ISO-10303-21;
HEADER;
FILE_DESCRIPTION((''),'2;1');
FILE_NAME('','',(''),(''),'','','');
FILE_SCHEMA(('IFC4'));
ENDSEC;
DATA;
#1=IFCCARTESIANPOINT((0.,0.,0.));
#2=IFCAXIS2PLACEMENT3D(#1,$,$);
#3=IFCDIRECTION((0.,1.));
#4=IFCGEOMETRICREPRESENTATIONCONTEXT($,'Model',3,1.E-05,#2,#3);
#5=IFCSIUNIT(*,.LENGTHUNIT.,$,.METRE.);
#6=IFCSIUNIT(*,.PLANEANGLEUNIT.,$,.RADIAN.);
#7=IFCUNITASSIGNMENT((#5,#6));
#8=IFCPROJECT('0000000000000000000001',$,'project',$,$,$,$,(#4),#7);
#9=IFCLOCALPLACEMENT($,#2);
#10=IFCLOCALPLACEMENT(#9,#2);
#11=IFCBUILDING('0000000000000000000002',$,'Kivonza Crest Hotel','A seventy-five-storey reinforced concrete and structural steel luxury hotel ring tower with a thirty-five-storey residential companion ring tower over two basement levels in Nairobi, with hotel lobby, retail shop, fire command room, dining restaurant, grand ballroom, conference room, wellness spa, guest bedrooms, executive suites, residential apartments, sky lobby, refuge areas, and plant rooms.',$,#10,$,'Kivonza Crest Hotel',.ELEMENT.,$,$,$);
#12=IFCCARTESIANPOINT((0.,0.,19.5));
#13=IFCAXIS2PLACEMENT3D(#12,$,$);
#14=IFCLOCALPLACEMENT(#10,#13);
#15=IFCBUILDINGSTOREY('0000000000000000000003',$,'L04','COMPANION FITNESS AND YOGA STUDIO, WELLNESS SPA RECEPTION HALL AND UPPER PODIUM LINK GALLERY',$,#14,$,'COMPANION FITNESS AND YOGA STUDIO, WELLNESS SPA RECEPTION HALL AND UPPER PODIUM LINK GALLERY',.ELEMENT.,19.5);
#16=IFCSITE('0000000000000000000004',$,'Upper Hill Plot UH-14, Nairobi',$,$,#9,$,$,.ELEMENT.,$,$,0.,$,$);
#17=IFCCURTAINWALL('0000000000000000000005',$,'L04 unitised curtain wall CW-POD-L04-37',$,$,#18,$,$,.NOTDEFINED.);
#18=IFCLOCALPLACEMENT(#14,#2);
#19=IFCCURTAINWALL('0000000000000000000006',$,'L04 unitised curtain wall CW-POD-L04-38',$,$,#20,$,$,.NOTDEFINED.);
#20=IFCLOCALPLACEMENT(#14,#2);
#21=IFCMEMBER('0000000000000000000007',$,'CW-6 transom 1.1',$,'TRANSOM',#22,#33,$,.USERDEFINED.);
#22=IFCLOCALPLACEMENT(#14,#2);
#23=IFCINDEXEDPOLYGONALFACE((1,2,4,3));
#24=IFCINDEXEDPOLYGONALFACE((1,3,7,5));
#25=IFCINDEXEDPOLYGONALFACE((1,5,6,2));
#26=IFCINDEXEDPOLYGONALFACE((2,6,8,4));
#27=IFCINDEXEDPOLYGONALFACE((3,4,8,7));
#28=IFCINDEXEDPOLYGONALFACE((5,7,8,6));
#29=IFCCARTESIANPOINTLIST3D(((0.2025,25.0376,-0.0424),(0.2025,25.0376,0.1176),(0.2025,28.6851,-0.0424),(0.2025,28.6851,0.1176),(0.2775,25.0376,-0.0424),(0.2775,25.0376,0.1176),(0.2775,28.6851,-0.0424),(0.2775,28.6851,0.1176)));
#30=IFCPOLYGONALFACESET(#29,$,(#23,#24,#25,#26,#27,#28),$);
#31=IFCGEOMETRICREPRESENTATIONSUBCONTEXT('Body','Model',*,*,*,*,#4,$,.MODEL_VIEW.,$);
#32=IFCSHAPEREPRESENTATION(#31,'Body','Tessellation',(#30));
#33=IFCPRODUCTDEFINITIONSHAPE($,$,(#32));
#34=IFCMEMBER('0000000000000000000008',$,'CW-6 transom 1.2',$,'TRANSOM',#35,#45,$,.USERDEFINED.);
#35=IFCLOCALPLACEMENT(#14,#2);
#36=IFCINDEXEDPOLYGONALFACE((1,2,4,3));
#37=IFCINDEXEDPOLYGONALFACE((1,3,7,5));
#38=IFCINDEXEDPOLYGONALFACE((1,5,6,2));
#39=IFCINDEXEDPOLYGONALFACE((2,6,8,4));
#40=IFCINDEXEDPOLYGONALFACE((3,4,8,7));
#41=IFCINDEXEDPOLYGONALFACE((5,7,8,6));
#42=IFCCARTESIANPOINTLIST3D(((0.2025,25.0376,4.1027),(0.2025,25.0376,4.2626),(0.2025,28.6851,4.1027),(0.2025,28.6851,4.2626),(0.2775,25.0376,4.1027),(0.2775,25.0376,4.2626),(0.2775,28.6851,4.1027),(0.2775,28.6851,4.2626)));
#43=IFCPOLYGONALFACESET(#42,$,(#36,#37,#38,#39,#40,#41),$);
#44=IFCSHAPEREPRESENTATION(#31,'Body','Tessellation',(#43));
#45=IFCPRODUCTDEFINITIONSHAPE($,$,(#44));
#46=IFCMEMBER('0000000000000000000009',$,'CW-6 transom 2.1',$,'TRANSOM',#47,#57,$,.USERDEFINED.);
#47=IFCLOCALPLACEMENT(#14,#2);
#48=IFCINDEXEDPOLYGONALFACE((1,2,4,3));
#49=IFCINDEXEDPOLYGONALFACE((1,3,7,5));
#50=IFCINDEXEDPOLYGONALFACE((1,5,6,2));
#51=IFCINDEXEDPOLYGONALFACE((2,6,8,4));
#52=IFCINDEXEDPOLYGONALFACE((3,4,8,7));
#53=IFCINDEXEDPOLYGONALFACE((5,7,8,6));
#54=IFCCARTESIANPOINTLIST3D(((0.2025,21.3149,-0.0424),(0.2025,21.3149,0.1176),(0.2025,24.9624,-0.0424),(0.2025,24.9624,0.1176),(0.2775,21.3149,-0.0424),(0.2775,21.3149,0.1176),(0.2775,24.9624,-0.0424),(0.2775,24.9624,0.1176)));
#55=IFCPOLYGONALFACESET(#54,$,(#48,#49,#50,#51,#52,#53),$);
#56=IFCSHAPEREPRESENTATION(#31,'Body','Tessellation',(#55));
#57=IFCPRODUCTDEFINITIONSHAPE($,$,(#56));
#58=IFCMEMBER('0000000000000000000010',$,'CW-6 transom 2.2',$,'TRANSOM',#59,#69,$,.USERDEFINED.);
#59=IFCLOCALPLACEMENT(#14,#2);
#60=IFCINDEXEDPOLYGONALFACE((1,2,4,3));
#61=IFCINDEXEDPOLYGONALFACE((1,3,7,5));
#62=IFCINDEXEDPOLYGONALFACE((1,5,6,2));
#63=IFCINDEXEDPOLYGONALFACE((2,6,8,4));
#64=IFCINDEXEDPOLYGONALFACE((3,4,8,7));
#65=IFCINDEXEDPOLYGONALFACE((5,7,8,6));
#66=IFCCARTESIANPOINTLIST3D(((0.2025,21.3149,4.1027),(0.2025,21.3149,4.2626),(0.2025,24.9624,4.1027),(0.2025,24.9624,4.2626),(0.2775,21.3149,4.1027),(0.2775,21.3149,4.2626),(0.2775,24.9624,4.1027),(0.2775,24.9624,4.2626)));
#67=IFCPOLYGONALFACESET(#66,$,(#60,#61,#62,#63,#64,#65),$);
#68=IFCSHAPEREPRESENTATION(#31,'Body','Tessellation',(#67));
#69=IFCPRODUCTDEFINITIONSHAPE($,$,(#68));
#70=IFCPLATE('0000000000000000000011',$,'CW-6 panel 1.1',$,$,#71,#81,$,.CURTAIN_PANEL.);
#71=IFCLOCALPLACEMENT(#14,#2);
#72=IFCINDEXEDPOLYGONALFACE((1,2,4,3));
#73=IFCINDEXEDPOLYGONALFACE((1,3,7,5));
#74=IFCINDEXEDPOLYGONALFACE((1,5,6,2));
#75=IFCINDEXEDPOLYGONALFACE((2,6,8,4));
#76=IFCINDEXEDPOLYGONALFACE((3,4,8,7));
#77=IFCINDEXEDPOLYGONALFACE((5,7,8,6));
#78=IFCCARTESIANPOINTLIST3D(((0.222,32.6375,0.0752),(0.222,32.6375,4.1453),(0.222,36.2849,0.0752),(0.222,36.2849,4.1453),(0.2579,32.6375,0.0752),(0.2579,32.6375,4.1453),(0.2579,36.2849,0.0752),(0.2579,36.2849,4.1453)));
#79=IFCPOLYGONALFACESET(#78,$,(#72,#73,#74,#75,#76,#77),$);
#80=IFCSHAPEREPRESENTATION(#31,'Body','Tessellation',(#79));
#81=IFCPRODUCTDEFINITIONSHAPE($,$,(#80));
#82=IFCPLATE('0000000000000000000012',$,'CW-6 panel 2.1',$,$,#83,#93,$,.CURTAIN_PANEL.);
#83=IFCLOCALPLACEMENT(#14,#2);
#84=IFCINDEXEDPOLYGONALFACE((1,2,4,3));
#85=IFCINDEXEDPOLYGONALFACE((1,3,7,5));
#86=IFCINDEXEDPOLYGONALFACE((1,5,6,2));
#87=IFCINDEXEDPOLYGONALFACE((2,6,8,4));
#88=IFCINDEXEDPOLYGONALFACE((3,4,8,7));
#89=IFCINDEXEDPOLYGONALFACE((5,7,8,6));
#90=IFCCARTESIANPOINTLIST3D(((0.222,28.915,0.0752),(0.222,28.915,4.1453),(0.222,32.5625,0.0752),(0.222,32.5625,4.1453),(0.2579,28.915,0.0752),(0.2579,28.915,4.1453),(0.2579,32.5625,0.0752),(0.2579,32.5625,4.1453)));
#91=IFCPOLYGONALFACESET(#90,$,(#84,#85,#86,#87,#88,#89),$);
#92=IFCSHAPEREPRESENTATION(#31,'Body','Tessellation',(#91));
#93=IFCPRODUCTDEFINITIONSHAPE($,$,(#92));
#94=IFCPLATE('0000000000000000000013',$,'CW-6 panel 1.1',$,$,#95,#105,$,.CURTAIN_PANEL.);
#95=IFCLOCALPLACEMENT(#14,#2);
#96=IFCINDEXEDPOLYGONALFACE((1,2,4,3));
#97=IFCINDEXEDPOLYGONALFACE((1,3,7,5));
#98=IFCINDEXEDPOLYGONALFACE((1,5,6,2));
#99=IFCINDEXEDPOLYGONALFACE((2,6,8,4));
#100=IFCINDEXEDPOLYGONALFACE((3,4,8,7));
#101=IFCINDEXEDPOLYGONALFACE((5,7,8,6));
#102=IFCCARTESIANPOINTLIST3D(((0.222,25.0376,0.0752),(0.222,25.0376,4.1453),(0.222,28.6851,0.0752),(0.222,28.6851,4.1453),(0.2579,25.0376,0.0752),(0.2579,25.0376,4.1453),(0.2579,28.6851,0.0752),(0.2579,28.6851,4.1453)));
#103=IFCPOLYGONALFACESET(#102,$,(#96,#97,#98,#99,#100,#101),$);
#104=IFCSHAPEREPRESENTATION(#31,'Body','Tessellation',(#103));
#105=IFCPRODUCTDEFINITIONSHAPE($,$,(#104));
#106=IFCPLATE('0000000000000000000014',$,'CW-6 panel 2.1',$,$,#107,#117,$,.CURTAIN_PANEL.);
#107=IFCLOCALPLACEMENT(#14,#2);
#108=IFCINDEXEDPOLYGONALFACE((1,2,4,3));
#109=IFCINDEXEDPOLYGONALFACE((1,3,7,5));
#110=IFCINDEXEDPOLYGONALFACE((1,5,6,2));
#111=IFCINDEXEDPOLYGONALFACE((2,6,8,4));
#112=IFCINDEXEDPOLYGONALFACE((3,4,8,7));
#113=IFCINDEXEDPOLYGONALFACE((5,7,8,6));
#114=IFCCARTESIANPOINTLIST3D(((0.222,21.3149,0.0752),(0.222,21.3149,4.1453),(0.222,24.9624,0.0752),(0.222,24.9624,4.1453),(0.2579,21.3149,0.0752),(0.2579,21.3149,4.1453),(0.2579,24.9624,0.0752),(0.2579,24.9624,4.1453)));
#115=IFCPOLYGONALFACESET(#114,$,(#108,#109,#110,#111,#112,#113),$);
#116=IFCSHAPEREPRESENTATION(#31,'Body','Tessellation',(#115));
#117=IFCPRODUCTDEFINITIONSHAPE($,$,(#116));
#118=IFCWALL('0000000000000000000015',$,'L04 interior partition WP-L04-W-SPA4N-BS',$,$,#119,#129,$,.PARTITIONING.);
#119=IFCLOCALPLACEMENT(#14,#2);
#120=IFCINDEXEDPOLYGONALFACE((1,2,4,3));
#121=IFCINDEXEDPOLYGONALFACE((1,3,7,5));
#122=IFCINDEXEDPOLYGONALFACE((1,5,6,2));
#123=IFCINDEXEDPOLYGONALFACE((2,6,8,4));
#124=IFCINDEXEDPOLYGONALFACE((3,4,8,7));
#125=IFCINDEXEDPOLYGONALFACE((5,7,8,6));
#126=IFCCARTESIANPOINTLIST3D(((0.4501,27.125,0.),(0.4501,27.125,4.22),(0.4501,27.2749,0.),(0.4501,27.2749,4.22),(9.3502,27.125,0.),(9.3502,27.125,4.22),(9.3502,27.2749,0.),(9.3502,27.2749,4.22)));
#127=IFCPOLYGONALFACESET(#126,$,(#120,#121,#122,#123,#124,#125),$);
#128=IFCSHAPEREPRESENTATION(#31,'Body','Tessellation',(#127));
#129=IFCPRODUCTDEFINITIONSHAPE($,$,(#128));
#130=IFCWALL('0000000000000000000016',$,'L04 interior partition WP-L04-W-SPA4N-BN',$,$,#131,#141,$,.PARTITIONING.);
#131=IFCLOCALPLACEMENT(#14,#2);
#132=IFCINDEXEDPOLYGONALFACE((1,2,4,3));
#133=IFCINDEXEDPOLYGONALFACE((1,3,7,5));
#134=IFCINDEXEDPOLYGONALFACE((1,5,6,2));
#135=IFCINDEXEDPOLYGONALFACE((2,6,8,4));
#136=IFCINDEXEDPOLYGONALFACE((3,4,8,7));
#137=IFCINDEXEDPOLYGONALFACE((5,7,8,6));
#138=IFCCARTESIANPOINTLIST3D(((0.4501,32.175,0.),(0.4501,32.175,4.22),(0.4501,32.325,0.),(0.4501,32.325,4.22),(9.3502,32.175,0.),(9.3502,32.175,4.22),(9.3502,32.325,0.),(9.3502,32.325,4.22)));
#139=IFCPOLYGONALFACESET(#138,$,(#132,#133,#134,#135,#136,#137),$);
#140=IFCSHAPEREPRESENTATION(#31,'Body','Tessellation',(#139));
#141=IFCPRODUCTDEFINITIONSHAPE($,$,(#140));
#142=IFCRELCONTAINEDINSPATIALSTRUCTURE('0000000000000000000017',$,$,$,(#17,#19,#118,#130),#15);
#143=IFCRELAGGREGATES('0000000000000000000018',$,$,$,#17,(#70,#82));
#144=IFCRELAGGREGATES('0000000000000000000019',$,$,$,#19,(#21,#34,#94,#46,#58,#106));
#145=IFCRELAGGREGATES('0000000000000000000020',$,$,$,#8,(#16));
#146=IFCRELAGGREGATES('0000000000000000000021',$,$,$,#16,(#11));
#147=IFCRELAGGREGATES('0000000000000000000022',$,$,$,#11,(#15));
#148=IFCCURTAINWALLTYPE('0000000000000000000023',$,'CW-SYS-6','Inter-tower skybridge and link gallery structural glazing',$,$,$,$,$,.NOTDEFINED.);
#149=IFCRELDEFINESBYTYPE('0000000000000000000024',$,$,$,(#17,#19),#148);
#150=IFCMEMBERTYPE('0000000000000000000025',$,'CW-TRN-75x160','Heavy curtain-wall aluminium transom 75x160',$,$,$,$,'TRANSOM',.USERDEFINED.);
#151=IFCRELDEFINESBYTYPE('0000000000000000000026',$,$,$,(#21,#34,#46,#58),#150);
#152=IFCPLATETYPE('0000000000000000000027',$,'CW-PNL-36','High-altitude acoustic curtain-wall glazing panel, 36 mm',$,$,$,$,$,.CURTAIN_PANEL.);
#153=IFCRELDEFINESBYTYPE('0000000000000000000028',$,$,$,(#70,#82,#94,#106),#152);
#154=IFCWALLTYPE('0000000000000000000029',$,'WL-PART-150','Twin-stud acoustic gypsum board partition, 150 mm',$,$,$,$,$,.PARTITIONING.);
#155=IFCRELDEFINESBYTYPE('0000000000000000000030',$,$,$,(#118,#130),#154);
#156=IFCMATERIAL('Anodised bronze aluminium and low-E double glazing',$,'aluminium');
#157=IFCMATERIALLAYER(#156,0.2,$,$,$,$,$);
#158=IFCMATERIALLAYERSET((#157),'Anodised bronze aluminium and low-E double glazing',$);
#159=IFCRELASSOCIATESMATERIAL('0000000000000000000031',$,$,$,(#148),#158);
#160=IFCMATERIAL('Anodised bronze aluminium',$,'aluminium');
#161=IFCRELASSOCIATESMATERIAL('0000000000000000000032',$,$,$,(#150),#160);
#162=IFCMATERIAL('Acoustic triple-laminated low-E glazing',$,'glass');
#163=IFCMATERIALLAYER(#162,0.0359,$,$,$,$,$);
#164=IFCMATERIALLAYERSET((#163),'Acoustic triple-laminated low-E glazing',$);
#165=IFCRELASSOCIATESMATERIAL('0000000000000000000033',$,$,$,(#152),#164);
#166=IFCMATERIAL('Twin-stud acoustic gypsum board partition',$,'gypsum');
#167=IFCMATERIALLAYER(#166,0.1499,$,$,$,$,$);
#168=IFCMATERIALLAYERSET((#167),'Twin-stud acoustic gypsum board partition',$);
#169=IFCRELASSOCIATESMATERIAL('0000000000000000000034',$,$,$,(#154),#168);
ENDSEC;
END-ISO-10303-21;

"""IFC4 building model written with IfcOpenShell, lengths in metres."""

from ifc_helpers import new_model, si_unit, direction, frame, frame_2d, origin, origin_2d, place, context, subcontext, project, spatial, rectangle, extrude, material, layer, layer_set, material_profile, profile_set, type_object, element, aggregate, save


model = new_model("IFC4")

# Units and contexts
model_context = context("Model", 3, precision=1e-05, world=origin(), true_north=direction((0.0, 1.0)))
body_context = subcontext(model_context, "Body", "Model", "MODEL_VIEW")
ifc_project = project(units=[si_unit("LENGTHUNIT", "METRE"), si_unit("PLANEANGLEUNIT", "RADIAN")], contexts=[model_context])

# Site, building, storey
site_placement = place(None, origin())
site = spatial("IfcSite", under=ifc_project, at=site_placement, Name="Upper Hill Plot UH-14, Nairobi", CompositionType="ELEMENT", RefElevation=0.0)
building_placement = place(site_placement, origin())
building = spatial("IfcBuilding", under=site, at=building_placement, Name="Kivonza Crest Hotel", Description="A seventy-five-storey reinforced concrete and structural steel luxury hotel ring tower with a thirty-five-storey residential companion ring tower over two basement levels in Nairobi, with hotel lobby, retail shop, fire command room, dining restaurant, grand ballroom, conference room, wellness spa, guest bedrooms, executive suites, residential apartments, sky lobby, refuge areas, and plant rooms.", LongName="Kivonza Crest Hotel", CompositionType="ELEMENT")
storey_placement = place(building_placement, frame((0.0, 0.0, 19.5)))
storey = spatial("IfcBuildingStorey", under=building, at=storey_placement, Name="L04", Description="COMPANION FITNESS AND YOGA STUDIO, WELLNESS SPA RECEPTION HALL AND UPPER PODIUM LINK GALLERY", LongName="COMPANION FITNESS AND YOGA STUDIO, WELLNESS SPA RECEPTION HALL AND UPPER PODIUM LINK GALLERY", CompositionType="ELEMENT", Elevation=19.5)

# Curtain walls
ifc_material_1 = material(Name="Anodised bronze aluminium and low-E double glazing", Category="aluminium")
ifc_layer_1 = layer(ifc_material_1, 0.2)
ifc_layer_set_1 = layer_set([ifc_layer_1], Name="Anodised bronze aluminium and low-E double glazing")
curtain_wall_type = type_object("IfcCurtainWallType", Name="CW-SYS-6", Description="Inter-tower skybridge and link gallery structural glazing", PredefinedType="NOTDEFINED", material=ifc_layer_set_1)
curtain_wall_1_placement = place(storey_placement, origin())
curtain_wall_1 = element("IfcCurtainWall", 1, at=curtain_wall_1_placement, inside=storey, type_object=curtain_wall_type, Name="L04 unitised curtain wall CW-POD-L04-37", PredefinedType="NOTDEFINED")
ifc_material_2 = material(Name="Anodised bronze aluminium", Category="aluminium")
curtain_wall_2_placement = place(storey_placement, origin())
curtain_wall_2 = element("IfcCurtainWall", 2, at=curtain_wall_2_placement, inside=storey, type_object=curtain_wall_type, Name="L04 unitised curtain wall CW-POD-L04-38", PredefinedType="NOTDEFINED")

# Members
ifc_material_profile_1 = material_profile(ifc_material_2, rectangle(XDim=0.075, YDim=0.1599, at=origin_2d()), Name="CW-T 75x160")
ifc_profile_set_1 = profile_set([ifc_material_profile_1], Name="Anodised bronze aluminium")
member_type_1 = type_object("IfcMemberType", Name="CW-TRN-75x160", Description="Heavy curtain-wall aluminium transom 75x160", ElementType="TRANSOM", PredefinedType="USERDEFINED", material=ifc_profile_set_1)
member_1_placement = place(storey_placement, frame((0.24, 28.6851, 0.0376), z_axis=(0.0, -1.0, 0.0), x_axis=(1.0, 0.0, 0.0)))
member_1 = element("IfcMember", 3, at=member_1_placement, type_object=member_type_1, Name="CW-6 transom 1.1", ObjectType="TRANSOM", PredefinedType="USERDEFINED", context=body_context, shape_type="SweptSolid", body=[
    extrude(rectangle(XDim=0.075, YDim=0.1599, at=origin_2d()), origin(), (0.0, 0.0, 1.0), 3.6475),
])
member_2_placement = place(storey_placement, frame((0.24, 28.6851, 4.1826), z_axis=(0.0, -1.0, 0.0), x_axis=(1.0, 0.0, 0.0)))
member_2 = element("IfcMember", 4, at=member_2_placement, type_object=member_type_1, Name="CW-6 transom 1.2", ObjectType="TRANSOM", PredefinedType="USERDEFINED", context=body_context, shape_type="SweptSolid", body=[
    extrude(rectangle(XDim=0.075, YDim=0.1599, at=origin_2d()), origin(), (0.0, 0.0, 1.0), 3.6475),
])
member_3_placement = place(storey_placement, frame((0.24, 24.9624, 0.0376), z_axis=(0.0, -1.0, 0.0), x_axis=(1.0, 0.0, 0.0)))
member_3 = element("IfcMember", 5, at=member_3_placement, type_object=member_type_1, Name="CW-6 transom 2.1", ObjectType="TRANSOM", PredefinedType="USERDEFINED", context=body_context, shape_type="SweptSolid", body=[
    extrude(rectangle(XDim=0.075, YDim=0.1599, at=origin_2d()), origin(), (0.0, 0.0, 1.0), 3.6475),
])
member_4_placement = place(storey_placement, frame((0.24, 24.9624, 4.1826), z_axis=(0.0, -1.0, 0.0), x_axis=(1.0, 0.0, 0.0)))
member_4 = element("IfcMember", 6, at=member_4_placement, type_object=member_type_1, Name="CW-6 transom 2.2", ObjectType="TRANSOM", PredefinedType="USERDEFINED", context=body_context, shape_type="SweptSolid", body=[
    extrude(rectangle(XDim=0.075, YDim=0.1599, at=origin_2d()), origin(), (0.0, 0.0, 1.0), 3.6475),
])

# Plates
ifc_material_3 = material(Name="Acoustic triple-laminated low-E glazing", Category="glass")
ifc_layer_2 = layer(ifc_material_3, 0.0359)
ifc_layer_set_2 = layer_set([ifc_layer_2], Name="Acoustic triple-laminated low-E glazing")
plate_type = type_object("IfcPlateType", Name="CW-PNL-36", Description="High-altitude acoustic curtain-wall glazing panel, 36 mm", PredefinedType="CURTAIN_PANEL", material=ifc_layer_set_2)
plate_1_placement = place(storey_placement, frame((0.24, 34.4612, 0.0752), z_axis=(0.0, 0.0, 1.0), x_axis=(0.0, -1.0, 0.0)))
plate_1 = element("IfcPlate", 7, at=plate_1_placement, type_object=plate_type, Name="CW-6 panel 1.1", PredefinedType="CURTAIN_PANEL", context=body_context, shape_type="SweptSolid", body=[
    extrude(rectangle(XDim=3.6475, YDim=0.0359, at=origin_2d()), origin(), (0.0, 0.0, 1.0), 4.0701),
])
plate_2_placement = place(storey_placement, frame((0.24, 30.7388, 0.0752), z_axis=(0.0, 0.0, 1.0), x_axis=(0.0, -1.0, 0.0)))
plate_2 = element("IfcPlate", 8, at=plate_2_placement, type_object=plate_type, Name="CW-6 panel 2.1", PredefinedType="CURTAIN_PANEL", context=body_context, shape_type="SweptSolid", body=[
    extrude(rectangle(XDim=3.6475, YDim=0.0359, at=origin_2d()), origin(), (0.0, 0.0, 1.0), 4.0701),
])
aggregate(curtain_wall_1, [plate_1, plate_2])
plate_3_placement = place(storey_placement, frame((0.24, 26.8613, 0.0752), z_axis=(0.0, 0.0, 1.0), x_axis=(0.0, -1.0, 0.0)))
plate_3 = element("IfcPlate", 9, at=plate_3_placement, type_object=plate_type, Name="CW-6 panel 1.1", PredefinedType="CURTAIN_PANEL", context=body_context, shape_type="SweptSolid", body=[
    extrude(rectangle(XDim=3.6475, YDim=0.0359, at=origin_2d()), origin(), (0.0, 0.0, 1.0), 4.0701),
])
plate_4_placement = place(storey_placement, frame((0.24, 23.1387, 0.0752), z_axis=(0.0, 0.0, 1.0), x_axis=(0.0, -1.0, 0.0)))
plate_4 = element("IfcPlate", 10, at=plate_4_placement, type_object=plate_type, Name="CW-6 panel 2.1", PredefinedType="CURTAIN_PANEL", context=body_context, shape_type="SweptSolid", body=[
    extrude(rectangle(XDim=3.6475, YDim=0.0359, at=origin_2d()), origin(), (0.0, 0.0, 1.0), 4.0701),
])
aggregate(curtain_wall_2, [member_1, member_2, plate_3, member_3, member_4, plate_4])

# Walls
ifc_material_4 = material(Name="Twin-stud acoustic gypsum board partition", Category="gypsum")
ifc_layer_3 = layer(ifc_material_4, 0.1499)
ifc_layer_set_3 = layer_set([ifc_layer_3], Name="Twin-stud acoustic gypsum board partition")
wall_type = type_object("IfcWallType", Name="WL-PART-150", Description="Twin-stud acoustic gypsum board partition, 150 mm", PredefinedType="PARTITIONING", material=ifc_layer_set_3)
for number, where, z_axis, x_axis, name in (
    (11, (0.45, 27.2, 0.0), (0.0, 0.0, 1.0), (1.0, 0.0, 0.0), "L04 interior partition WP-L04-W-SPA4N-BS"),
    (12, (0.45, 32.25, 0.0), (0.0, 0.0, 1.0), (1.0, 0.0, 0.0), "L04 interior partition WP-L04-W-SPA4N-BN"),
):
    element("IfcWall", number, at=place(storey_placement, frame(where, z_axis=z_axis, x_axis=x_axis)), inside=storey, type_object=wall_type, Name=name, PredefinedType="PARTITIONING", context=body_context, shape_type="SweptSolid", body=[
        extrude(rectangle(XDim=8.9001, YDim=0.1499, at=frame_2d((4.4502, 0.0))), origin(), (0.0, 0.0, 1.0), 4.22),
    ])

save(model, "model.ifc")
